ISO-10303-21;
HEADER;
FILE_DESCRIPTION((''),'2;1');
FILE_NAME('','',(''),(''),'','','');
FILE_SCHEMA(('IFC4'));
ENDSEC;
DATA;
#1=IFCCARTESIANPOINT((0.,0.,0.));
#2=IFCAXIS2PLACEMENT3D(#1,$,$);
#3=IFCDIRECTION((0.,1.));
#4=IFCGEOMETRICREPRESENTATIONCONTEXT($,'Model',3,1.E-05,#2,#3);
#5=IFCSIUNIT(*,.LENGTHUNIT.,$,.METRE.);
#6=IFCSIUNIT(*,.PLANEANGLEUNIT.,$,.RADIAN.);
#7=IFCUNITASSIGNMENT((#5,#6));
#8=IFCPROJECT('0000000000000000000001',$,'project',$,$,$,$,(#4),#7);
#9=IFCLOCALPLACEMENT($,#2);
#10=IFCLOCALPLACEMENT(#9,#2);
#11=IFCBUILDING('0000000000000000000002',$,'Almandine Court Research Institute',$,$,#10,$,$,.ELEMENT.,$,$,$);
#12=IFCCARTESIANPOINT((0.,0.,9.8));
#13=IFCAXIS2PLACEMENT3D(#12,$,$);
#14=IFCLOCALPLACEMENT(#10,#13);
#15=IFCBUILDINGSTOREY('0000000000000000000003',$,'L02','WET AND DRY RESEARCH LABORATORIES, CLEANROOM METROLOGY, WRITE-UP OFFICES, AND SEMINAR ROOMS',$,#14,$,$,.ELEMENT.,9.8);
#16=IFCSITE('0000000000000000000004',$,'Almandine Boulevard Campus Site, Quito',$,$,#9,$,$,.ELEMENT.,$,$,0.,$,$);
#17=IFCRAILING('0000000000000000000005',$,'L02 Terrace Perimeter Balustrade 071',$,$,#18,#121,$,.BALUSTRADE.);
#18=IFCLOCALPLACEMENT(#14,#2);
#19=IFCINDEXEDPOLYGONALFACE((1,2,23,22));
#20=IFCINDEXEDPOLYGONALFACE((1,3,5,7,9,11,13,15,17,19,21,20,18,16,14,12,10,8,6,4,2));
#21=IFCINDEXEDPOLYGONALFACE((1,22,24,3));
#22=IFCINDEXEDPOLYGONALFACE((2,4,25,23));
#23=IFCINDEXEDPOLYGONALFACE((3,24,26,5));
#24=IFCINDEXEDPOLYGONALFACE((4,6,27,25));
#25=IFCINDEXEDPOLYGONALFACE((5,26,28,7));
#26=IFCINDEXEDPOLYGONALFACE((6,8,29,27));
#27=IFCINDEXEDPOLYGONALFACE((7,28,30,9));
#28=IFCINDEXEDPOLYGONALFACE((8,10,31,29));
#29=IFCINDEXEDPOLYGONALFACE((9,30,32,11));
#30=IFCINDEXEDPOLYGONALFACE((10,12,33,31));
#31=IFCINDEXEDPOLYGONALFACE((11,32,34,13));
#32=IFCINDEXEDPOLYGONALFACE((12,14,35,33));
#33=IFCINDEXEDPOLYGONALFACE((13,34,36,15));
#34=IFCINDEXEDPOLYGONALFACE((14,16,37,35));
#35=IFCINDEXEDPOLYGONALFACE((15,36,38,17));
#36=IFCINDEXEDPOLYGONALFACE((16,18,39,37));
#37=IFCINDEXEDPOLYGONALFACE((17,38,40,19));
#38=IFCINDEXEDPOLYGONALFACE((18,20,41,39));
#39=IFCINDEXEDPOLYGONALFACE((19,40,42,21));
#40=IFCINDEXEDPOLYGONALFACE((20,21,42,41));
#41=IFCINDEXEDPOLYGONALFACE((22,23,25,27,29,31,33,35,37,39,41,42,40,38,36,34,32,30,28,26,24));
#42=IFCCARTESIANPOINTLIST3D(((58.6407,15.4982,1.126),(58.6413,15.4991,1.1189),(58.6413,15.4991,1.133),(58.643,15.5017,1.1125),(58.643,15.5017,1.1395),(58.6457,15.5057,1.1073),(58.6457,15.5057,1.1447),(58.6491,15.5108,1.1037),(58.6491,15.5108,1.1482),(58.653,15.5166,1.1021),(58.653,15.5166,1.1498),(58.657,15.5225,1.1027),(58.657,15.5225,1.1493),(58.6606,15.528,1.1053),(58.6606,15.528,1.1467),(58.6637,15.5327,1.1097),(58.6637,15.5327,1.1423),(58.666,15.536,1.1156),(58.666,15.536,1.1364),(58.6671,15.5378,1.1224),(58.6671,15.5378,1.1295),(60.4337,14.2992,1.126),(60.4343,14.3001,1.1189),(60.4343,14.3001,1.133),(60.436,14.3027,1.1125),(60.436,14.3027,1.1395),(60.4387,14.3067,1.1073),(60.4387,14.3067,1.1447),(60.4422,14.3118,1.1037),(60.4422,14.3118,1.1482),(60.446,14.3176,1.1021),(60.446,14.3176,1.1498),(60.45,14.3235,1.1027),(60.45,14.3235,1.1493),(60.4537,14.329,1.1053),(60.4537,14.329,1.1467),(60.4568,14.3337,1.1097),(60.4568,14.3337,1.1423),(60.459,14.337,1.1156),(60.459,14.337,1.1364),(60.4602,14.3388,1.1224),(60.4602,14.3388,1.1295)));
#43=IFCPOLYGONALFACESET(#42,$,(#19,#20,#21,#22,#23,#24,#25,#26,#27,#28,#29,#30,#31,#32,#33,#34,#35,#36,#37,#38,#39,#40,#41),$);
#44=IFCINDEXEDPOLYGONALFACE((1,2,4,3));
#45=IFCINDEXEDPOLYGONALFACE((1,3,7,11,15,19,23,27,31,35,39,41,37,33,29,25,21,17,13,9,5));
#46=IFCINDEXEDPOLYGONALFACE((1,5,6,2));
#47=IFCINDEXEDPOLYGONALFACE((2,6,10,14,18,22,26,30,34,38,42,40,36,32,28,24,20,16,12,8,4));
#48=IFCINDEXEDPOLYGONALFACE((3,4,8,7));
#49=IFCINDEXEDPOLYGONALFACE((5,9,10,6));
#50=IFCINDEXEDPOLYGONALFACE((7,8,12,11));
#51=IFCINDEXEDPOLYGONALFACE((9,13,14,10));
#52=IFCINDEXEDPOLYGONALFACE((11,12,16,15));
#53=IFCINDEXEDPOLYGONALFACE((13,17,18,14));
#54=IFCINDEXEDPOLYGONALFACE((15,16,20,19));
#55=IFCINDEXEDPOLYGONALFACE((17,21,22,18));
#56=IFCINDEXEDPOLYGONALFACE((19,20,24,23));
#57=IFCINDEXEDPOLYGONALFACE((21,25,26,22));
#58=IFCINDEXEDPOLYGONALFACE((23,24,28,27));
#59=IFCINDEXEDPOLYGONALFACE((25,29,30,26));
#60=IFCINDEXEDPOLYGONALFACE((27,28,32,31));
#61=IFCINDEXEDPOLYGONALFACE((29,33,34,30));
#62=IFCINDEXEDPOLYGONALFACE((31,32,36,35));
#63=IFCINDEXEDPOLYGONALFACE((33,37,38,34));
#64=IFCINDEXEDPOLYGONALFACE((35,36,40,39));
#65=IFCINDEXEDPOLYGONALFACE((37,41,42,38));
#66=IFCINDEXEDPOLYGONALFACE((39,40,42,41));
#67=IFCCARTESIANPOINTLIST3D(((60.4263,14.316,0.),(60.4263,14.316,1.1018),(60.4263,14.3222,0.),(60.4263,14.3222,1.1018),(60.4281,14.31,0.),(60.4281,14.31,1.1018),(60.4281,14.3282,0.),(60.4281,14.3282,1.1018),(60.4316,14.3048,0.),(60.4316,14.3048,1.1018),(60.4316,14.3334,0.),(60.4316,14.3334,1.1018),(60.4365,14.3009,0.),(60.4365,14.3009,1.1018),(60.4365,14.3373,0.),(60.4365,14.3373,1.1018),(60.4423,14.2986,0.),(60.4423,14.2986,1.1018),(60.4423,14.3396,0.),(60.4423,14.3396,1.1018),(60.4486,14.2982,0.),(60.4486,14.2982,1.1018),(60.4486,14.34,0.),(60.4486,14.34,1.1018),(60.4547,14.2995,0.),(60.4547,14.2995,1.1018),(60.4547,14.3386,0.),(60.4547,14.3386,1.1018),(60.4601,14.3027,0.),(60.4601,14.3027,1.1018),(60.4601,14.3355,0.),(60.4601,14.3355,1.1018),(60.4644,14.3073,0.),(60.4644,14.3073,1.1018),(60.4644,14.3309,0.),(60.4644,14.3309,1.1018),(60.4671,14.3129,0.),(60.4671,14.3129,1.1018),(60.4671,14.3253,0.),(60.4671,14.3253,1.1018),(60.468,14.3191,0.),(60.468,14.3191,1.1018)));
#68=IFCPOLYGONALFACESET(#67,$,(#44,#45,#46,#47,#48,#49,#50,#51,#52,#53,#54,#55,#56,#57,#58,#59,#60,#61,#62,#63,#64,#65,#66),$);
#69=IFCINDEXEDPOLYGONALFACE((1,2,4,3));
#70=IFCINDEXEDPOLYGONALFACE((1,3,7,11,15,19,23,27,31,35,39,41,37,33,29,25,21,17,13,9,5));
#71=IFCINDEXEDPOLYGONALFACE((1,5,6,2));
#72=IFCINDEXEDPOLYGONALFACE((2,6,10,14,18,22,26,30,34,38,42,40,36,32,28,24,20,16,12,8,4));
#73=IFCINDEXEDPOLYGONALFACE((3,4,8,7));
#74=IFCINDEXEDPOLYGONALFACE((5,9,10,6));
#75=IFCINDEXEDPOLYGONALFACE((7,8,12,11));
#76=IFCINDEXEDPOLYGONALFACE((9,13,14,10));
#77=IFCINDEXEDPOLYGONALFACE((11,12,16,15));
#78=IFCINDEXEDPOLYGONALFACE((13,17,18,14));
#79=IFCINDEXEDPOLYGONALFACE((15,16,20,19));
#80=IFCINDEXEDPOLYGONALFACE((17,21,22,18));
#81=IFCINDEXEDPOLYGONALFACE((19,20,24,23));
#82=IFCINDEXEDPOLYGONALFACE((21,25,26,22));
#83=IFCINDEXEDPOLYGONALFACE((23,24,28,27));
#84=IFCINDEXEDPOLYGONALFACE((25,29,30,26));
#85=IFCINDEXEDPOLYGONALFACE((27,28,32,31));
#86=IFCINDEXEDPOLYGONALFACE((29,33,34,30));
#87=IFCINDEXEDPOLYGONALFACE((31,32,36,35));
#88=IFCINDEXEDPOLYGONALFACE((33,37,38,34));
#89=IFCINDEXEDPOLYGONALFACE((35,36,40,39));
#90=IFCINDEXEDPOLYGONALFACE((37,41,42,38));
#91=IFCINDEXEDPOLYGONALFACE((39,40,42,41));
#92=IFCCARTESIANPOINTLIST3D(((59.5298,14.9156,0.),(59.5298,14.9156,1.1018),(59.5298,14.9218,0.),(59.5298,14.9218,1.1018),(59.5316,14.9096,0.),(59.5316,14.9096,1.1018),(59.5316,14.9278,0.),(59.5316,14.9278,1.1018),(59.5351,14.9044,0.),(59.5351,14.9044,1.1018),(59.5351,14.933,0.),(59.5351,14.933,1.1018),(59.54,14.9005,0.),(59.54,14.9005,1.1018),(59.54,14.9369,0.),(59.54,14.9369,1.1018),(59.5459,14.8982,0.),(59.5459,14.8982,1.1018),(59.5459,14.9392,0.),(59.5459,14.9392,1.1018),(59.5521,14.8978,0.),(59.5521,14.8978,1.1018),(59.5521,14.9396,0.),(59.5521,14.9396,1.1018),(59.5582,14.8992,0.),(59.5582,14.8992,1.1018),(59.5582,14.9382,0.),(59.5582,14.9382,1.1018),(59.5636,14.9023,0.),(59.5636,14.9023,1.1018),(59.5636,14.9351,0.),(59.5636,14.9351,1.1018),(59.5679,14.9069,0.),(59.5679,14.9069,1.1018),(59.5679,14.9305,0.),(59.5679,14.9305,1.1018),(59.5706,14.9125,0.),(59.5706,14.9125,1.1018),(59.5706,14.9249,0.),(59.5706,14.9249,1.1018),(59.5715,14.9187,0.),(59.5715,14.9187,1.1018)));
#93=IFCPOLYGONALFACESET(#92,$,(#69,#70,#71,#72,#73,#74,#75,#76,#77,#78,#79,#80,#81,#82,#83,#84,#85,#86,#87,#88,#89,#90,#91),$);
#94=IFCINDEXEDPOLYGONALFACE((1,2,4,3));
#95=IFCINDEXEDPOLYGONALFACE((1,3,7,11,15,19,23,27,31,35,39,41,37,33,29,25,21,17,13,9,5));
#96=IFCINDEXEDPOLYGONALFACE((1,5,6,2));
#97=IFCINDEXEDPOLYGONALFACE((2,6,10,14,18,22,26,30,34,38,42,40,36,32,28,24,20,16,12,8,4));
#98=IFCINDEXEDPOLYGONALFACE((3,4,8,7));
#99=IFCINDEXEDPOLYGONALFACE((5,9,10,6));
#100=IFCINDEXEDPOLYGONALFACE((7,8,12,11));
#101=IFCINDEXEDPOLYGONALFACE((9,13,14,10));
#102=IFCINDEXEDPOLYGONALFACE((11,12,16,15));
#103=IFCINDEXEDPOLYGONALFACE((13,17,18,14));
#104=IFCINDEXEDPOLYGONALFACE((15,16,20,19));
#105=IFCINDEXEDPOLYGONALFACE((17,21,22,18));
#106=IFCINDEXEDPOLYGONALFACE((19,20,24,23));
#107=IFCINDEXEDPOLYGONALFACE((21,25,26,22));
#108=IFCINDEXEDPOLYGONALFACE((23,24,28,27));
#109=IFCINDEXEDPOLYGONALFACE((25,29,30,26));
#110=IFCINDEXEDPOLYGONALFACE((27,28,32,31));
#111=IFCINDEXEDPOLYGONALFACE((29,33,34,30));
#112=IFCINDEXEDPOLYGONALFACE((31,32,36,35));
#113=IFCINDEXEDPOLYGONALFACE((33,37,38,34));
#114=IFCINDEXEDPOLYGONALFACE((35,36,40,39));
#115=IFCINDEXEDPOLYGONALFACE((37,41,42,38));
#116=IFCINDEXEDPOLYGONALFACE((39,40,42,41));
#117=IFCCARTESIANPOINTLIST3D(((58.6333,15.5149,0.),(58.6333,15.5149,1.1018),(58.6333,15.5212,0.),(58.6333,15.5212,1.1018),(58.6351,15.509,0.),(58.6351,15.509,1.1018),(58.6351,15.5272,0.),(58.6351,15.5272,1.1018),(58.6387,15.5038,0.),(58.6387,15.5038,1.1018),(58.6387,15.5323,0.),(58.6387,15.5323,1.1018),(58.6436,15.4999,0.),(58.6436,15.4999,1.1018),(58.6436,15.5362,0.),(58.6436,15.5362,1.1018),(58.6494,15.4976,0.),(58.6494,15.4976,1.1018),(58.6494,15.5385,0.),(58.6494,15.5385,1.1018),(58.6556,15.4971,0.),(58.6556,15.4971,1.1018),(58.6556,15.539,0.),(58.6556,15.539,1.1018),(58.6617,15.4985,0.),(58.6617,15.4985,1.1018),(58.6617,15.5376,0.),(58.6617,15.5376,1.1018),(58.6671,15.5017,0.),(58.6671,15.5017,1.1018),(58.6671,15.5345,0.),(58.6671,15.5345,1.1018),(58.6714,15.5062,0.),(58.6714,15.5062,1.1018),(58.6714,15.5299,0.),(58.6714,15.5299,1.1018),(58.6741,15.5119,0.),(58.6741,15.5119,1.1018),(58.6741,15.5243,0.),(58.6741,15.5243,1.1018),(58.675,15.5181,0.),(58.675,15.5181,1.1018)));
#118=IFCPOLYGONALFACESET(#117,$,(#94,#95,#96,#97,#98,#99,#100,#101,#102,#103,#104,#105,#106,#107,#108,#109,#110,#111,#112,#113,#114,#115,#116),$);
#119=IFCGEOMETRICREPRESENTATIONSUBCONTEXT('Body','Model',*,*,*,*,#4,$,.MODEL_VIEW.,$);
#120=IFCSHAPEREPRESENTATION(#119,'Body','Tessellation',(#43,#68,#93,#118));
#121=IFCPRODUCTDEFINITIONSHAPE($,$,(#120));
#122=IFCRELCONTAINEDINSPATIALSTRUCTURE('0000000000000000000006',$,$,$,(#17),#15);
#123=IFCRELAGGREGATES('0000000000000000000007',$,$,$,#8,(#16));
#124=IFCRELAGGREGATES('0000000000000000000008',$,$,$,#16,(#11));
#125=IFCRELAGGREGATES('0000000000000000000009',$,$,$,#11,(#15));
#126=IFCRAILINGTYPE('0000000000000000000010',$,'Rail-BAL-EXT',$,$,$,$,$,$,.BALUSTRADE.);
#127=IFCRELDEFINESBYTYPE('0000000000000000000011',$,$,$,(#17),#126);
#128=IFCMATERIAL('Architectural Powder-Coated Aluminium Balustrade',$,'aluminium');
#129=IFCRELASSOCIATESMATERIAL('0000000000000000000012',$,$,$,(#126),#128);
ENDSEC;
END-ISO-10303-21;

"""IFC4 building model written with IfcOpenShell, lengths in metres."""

from ifc_helpers import new_model, si_unit, direction, frame, origin, origin_2d, place, context, subcontext, project, spatial, circle, extrude, material, type_object, element, save


model = new_model("IFC4")

# Units and contexts
model_context = context("Model", 3, precision=1e-05, world=origin(), true_north=direction((0.0, 1.0)))
body_context = subcontext(model_context, "Body", "Model", "MODEL_VIEW")
ifc_project = project(units=[si_unit("LENGTHUNIT", "METRE"), si_unit("PLANEANGLEUNIT", "RADIAN")], contexts=[model_context])

# Site, building, storey
site_placement = place(None, origin())
site = spatial("IfcSite", under=ifc_project, at=site_placement, Name="Almandine Boulevard Campus Site, Quito", CompositionType="ELEMENT", RefElevation=0.0)
building_placement = place(site_placement, origin())
building = spatial("IfcBuilding", under=site, at=building_placement, Name="Almandine Court Research Institute", CompositionType="ELEMENT")
storey_placement = place(building_placement, frame((0.0, 0.0, 9.8)))
storey = spatial("IfcBuildingStorey", under=building, at=storey_placement, Name="L02", Description="WET AND DRY RESEARCH LABORATORIES, CLEANROOM METROLOGY, WRITE-UP OFFICES, AND SEMINAR ROOMS", CompositionType="ELEMENT", Elevation=9.8)

# Railing
ifc_material_1 = material(Name="Architectural Powder-Coated Aluminium Balustrade", Category="aluminium")
railing_type = type_object("IfcRailingType", Name="Rail-BAL-EXT", PredefinedType="BALUSTRADE", material=ifc_material_1)
railing_1_placement = place(storey_placement, frame((60.447, 14.3191, 0.0)))
element("IfcRailing", 1, at=railing_1_placement, inside=storey, type_object=railing_type, Name="L02 Terrace Perimeter Balustrade 071", PredefinedType="BALUSTRADE", context=body_context, shape_type="SweptSolid", body=[
    extrude(circle(Radius=0.0239, at=origin_2d()), frame((0.0, 0.0, 1.126), z_axis=(-0.831266, 0.555875, 0.0), x_axis=(-0.555875, -0.831266, 0.0)), (0.0, 0.0, 1.0), 2.157),
    extrude(circle(Radius=0.021, at=origin_2d()), origin(), (0.0, 0.0, 1.0), 1.1018),
    extrude(circle(Radius=0.021, at=origin_2d()), frame((-0.8965, 0.5996, 0.0)), (0.0, 0.0, 1.0), 1.1018),
    extrude(circle(Radius=0.021, at=origin_2d()), frame((-1.793, 1.199, 0.0)), (0.0, 0.0, 1.0), 1.1018),
])

save(model, "model.ifc")
